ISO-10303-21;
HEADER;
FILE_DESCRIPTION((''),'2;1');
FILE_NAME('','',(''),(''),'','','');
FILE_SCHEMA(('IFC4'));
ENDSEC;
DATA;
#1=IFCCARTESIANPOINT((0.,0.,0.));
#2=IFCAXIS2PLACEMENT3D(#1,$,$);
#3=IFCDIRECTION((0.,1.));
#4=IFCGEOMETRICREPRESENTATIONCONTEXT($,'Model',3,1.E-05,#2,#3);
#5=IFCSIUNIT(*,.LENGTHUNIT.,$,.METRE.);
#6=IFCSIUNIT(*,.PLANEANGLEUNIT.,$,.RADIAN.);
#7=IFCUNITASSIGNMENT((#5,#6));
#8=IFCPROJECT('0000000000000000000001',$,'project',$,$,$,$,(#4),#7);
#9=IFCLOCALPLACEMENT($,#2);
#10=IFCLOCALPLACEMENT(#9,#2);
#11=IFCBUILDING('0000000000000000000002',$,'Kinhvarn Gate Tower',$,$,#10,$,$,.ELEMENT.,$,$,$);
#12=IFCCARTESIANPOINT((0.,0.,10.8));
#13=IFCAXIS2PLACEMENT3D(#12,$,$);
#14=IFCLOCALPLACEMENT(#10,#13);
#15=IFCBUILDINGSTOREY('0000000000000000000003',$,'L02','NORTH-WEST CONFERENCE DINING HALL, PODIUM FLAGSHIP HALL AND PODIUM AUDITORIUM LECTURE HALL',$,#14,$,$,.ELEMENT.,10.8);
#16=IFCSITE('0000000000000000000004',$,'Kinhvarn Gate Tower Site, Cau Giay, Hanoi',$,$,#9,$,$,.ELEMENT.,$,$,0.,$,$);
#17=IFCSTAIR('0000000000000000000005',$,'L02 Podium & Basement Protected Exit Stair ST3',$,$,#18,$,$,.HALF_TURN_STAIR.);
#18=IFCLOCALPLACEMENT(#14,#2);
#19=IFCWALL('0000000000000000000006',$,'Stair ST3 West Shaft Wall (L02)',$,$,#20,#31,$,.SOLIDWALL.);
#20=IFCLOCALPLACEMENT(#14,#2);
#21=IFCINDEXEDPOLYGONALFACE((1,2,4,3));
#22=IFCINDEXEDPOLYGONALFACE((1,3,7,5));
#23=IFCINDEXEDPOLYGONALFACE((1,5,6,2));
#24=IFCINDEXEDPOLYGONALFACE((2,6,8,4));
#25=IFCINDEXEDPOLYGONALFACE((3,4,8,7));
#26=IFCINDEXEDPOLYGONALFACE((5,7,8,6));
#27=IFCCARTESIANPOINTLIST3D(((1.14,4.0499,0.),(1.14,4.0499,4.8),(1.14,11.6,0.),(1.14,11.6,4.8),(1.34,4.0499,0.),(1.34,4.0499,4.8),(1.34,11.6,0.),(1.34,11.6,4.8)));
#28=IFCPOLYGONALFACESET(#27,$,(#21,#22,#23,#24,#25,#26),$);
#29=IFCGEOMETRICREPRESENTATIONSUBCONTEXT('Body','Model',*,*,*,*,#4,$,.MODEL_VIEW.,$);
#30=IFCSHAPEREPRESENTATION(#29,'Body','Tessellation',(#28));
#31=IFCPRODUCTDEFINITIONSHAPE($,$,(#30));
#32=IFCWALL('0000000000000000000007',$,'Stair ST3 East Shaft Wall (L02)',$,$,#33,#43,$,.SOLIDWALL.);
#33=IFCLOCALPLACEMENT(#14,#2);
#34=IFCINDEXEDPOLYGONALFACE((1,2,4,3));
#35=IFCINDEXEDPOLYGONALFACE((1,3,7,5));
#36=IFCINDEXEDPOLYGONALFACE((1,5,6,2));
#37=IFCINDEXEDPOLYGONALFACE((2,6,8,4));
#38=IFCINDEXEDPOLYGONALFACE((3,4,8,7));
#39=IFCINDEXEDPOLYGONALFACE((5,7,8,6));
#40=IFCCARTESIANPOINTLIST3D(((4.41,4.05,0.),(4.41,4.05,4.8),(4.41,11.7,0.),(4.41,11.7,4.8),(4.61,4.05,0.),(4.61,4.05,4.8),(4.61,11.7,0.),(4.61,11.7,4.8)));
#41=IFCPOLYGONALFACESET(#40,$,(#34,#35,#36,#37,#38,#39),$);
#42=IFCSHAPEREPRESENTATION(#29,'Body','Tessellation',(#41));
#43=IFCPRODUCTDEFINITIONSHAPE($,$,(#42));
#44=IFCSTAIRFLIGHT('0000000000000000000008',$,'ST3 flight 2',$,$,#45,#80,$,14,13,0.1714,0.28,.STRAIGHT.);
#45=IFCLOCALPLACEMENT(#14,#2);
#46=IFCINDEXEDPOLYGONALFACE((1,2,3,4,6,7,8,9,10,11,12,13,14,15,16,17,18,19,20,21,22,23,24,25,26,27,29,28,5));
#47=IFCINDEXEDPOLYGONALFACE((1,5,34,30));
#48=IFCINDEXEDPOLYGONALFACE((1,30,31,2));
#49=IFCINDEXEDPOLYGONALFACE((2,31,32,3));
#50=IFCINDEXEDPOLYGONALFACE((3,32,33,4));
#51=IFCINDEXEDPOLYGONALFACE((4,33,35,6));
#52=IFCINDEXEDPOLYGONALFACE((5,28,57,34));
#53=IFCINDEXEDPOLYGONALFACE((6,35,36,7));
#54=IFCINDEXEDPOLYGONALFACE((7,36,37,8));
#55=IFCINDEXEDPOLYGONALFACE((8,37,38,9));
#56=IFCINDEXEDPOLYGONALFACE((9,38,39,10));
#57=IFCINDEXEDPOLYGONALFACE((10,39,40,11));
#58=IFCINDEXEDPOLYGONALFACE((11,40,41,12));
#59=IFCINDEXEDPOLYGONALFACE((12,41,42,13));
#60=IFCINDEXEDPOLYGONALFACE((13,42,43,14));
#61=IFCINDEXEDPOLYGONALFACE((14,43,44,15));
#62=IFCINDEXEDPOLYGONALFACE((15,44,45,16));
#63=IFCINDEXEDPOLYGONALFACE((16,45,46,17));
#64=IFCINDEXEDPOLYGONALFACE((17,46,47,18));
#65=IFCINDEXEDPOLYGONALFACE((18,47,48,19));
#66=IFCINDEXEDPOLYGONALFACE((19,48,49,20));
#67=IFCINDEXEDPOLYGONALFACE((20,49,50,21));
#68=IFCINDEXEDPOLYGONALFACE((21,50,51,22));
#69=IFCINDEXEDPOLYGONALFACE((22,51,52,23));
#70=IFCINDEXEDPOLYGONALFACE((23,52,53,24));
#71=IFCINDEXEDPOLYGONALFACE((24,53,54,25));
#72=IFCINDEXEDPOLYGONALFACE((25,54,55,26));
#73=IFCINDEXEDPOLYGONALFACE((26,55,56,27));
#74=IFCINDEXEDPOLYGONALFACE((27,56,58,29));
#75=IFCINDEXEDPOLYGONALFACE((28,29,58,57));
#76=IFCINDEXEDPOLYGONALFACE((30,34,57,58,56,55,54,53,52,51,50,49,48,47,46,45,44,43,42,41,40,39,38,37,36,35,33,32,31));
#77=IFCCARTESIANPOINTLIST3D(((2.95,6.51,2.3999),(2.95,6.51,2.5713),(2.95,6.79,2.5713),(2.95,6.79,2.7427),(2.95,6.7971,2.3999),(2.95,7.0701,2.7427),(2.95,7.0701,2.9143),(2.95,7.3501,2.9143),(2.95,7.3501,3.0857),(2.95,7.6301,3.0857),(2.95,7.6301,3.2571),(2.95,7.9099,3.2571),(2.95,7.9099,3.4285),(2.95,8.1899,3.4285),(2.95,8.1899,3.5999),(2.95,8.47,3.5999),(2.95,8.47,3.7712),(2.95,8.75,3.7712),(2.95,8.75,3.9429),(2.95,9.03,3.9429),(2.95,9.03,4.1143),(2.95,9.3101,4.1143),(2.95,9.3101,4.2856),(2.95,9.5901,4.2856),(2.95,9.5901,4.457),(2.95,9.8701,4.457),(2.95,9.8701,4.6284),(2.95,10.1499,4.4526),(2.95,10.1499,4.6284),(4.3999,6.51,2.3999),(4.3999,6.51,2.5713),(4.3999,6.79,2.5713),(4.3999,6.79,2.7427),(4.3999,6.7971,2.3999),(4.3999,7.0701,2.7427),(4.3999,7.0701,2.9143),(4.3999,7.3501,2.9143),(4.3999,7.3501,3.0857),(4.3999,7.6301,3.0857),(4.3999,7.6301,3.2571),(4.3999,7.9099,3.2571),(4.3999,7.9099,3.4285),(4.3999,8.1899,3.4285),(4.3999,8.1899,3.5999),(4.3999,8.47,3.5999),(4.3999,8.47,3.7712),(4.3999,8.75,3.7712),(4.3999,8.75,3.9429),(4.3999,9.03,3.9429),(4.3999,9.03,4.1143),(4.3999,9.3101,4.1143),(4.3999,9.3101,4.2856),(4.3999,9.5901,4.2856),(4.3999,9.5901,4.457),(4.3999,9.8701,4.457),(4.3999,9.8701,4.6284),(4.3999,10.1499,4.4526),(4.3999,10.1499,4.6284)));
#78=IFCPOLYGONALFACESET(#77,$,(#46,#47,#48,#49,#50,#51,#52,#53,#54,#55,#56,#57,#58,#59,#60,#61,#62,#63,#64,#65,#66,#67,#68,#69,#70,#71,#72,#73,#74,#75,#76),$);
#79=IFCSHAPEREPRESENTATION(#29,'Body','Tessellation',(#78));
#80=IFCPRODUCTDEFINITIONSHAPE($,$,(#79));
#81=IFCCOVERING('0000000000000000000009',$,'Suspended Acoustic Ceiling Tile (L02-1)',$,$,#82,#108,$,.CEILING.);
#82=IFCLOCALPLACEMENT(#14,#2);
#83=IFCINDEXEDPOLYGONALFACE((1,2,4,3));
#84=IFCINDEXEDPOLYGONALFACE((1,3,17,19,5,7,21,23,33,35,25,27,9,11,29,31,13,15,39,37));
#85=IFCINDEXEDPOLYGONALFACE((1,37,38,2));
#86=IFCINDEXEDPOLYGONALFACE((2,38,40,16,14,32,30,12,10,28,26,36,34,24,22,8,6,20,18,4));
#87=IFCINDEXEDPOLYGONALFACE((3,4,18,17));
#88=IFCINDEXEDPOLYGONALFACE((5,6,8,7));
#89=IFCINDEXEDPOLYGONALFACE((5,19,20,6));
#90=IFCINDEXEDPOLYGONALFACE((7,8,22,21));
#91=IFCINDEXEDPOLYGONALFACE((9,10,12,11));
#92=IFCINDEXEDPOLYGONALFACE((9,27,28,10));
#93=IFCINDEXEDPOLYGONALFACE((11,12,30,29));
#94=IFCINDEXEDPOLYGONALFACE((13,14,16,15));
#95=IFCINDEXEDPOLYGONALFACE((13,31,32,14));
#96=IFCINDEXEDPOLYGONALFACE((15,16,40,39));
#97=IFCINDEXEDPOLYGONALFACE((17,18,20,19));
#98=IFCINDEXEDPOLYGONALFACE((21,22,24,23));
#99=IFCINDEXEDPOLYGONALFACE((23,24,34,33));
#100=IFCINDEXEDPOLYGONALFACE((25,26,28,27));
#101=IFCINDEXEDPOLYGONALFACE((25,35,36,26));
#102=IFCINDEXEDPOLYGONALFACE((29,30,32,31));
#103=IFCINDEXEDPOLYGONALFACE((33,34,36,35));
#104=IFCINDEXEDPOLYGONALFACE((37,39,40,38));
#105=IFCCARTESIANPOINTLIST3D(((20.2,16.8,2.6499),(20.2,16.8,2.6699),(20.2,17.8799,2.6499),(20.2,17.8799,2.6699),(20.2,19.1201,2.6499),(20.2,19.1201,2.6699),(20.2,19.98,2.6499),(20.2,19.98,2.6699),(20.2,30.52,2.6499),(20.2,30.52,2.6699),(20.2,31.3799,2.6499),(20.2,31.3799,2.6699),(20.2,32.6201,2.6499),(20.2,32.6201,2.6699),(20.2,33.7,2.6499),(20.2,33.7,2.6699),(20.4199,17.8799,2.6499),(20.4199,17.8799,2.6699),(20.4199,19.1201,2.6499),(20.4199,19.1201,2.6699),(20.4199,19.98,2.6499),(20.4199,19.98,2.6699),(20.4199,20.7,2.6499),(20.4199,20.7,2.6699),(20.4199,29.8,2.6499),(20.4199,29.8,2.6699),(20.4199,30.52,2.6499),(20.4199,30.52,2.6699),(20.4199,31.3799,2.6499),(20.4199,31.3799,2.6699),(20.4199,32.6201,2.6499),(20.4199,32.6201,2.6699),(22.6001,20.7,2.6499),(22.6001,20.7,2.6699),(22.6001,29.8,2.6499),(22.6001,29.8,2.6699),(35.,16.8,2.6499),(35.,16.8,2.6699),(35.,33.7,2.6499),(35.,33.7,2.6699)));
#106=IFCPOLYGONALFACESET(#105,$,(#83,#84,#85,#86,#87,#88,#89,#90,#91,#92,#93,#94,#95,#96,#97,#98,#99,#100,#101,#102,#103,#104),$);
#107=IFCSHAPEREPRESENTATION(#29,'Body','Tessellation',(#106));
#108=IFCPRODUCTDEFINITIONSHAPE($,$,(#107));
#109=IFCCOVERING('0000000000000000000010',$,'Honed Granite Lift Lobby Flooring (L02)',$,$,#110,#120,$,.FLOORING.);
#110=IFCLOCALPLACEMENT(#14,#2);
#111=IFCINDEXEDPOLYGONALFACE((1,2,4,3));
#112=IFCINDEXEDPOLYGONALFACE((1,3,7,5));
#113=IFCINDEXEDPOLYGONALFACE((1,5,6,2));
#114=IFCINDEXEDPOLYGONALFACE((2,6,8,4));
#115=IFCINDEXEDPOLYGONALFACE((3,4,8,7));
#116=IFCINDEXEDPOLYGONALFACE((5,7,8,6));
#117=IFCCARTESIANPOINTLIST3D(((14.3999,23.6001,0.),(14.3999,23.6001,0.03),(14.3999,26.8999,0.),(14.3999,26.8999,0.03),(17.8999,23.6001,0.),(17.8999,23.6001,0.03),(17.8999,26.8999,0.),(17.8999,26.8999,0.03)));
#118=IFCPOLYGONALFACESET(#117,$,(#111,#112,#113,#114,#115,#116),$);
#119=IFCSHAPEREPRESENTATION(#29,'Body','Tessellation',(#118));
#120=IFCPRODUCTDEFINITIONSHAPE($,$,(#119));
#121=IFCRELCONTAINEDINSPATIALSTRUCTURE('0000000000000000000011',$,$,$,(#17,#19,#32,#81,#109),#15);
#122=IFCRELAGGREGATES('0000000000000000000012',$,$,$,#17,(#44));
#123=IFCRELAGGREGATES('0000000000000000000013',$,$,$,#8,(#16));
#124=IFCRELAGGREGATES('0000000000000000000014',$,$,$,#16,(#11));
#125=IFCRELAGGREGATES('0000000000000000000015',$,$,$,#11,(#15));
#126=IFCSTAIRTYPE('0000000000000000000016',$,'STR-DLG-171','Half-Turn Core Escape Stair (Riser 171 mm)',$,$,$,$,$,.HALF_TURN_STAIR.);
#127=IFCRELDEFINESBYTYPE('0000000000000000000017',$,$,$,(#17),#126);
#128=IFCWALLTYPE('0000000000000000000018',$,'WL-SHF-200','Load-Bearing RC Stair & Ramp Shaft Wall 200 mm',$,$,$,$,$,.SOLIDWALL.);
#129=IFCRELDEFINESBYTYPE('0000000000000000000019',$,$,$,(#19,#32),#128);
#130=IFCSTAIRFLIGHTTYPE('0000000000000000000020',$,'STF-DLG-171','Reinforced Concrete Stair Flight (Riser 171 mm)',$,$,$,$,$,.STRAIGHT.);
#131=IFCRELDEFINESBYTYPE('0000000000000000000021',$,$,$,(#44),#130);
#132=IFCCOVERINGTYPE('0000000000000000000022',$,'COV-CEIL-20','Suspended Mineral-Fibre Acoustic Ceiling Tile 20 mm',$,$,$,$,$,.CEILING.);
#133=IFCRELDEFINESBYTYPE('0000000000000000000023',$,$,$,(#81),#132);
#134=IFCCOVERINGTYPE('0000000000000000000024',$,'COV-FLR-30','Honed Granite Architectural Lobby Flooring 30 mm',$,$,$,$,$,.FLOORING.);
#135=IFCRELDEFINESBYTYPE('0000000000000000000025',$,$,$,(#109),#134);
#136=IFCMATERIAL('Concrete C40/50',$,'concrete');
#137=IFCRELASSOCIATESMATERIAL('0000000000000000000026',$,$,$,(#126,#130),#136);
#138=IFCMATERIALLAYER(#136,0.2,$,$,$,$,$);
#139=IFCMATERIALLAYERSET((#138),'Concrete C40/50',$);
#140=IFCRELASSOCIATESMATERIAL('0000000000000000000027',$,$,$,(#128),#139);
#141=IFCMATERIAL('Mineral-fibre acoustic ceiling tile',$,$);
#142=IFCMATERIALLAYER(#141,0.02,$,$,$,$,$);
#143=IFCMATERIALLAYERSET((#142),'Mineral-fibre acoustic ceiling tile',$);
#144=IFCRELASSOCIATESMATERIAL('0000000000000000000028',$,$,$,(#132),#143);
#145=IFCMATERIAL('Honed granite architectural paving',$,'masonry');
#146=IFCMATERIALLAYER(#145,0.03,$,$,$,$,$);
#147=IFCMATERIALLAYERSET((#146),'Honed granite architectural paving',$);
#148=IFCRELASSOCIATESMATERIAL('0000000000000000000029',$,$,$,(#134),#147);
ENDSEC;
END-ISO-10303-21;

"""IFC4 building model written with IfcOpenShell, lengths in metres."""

from ifc_helpers import new_model, si_unit, direction, frame, frame_2d, origin, place, context, subcontext, project, spatial, polyline, rectangle, outline, extrude, material, layer, layer_set, type_object, element, aggregate, save


model = new_model("IFC4")

# Units and contexts
model_context = context("Model", 3, precision=1e-05, world=origin(), true_north=direction((0.0, 1.0)))
body_context = subcontext(model_context, "Body", "Model", "MODEL_VIEW")
ifc_project = project(units=[si_unit("LENGTHUNIT", "METRE"), si_unit("PLANEANGLEUNIT", "RADIAN")], contexts=[model_context])

# Site, building, storey
site_placement = place(None, origin())
site = spatial("IfcSite", under=ifc_project, at=site_placement, Name="Kinhvarn Gate Tower Site, Cau Giay, Hanoi", CompositionType="ELEMENT", RefElevation=0.0)
building_placement = place(site_placement, origin())
building = spatial("IfcBuilding", under=site, at=building_placement, Name="Kinhvarn Gate Tower", CompositionType="ELEMENT")
storey_placement = place(building_placement, frame((0.0, 0.0, 10.8)))
storey = spatial("IfcBuildingStorey", under=building, at=storey_placement, Name="L02", Description="NORTH-WEST CONFERENCE DINING HALL, PODIUM FLAGSHIP HALL AND PODIUM AUDITORIUM LECTURE HALL", CompositionType="ELEMENT", Elevation=10.8)

# Shared definitions
ifc_material_1 = material(Name="Concrete C40/50", Category="concrete")

# Stair
stair_type = type_object("IfcStairType", Name="STR-DLG-171", Description="Half-Turn Core Escape Stair (Riser 171 mm)", PredefinedType="HALF_TURN_STAIR", material=ifc_material_1)
stair_1_placement = place(storey_placement, origin())
stair_1 = element("IfcStair", 1, at=stair_1_placement, inside=storey, type_object=stair_type, Name="L02 Podium & Basement Protected Exit Stair ST3", PredefinedType="HALF_TURN_STAIR")

# Walls
ifc_layer_1 = layer(ifc_material_1, 0.2)
ifc_layer_set_1 = layer_set([ifc_layer_1], Name="Concrete C40/50")
wall_type = type_object("IfcWallType", Name="WL-SHF-200", Description="Load-Bearing RC Stair & Ramp Shaft Wall 200 mm", PredefinedType="SOLIDWALL", material=ifc_layer_set_1)
wall_1_placement = place(storey_placement, frame((1.24, 4.05, 0.0), z_axis=(0.0, 0.0, 1.0), x_axis=(0.0, 1.0, 0.0)))
element("IfcWall", 2, at=wall_1_placement, inside=storey, type_object=wall_type, Name="Stair ST3 West Shaft Wall (L02)", PredefinedType="SOLIDWALL", context=body_context, shape_type="SweptSolid", body=[
    extrude(rectangle(XDim=7.55, YDim=0.2, at=frame_2d((3.7749, 0.0))), origin(), (0.0, 0.0, 1.0), 4.8),
])
wall_2_placement = place(storey_placement, frame((4.51, 4.05, 0.0), z_axis=(0.0, 0.0, 1.0), x_axis=(0.0, 1.0, 0.0)))
element("IfcWall", 3, at=wall_2_placement, inside=storey, type_object=wall_type, Name="Stair ST3 East Shaft Wall (L02)", PredefinedType="SOLIDWALL", context=body_context, shape_type="SweptSolid", body=[
    extrude(rectangle(XDim=7.6499, YDim=0.2, at=frame_2d((3.825, 0.0))), origin(), (0.0, 0.0, 1.0), 4.8),
])

# Stair flight
stair_flight_type = type_object("IfcStairFlightType", Name="STF-DLG-171", Description="Reinforced Concrete Stair Flight (Riser 171 mm)", PredefinedType="STRAIGHT", material=ifc_material_1)
stair_flight_placement = place(storey_placement, frame((3.675, 6.51, 2.3999), z_axis=(0.0, 0.0, 1.0), x_axis=(0.0, 1.0, 0.0)))
stair_flight = element("IfcStairFlight", 4, at=stair_flight_placement, type_object=stair_flight_type, Name="ST3 flight 2", NumberOfRisers=14, NumberOfTreads=13, PredefinedType="STRAIGHT", RiserHeight=0.1714, TreadLength=0.28, context=body_context, shape_type="SweptSolid", body=[
    extrude(outline(polyline([(0.0, 0.0), (0.0, 0.1714), (0.28, 0.1714), (0.28, 0.3428), (0.5601, 0.3428), (0.5601, 0.5144), (0.8401, 0.5144), (0.8401, 0.6858), (1.1201, 0.6858), (1.1201, 0.8572), (1.3999, 0.8572), (1.3999, 1.0286), (1.6799, 1.0286), (1.6799, 1.2), (1.96, 1.2), (1.96, 1.3713), (2.24, 1.3713), (2.24, 1.543), (2.52, 1.543), (2.52, 1.7144), (2.8, 1.7144), (2.8, 1.8857), (3.0801, 1.8857), (3.0801, 2.0571), (3.3601, 2.0571), (3.3601, 2.2285), (3.6399, 2.2285), (3.6399, 2.3999), (3.6399, 2.0527), (0.2871, 0.0), (0.0, 0.0)])), frame((0.0, 0.7251, 0.0), z_axis=(0.0, -1.0, 0.0), x_axis=(1.0, 0.0, 0.0)), (0.0, 0.0, 1.0), 1.45),
])
aggregate(stair_1, [stair_flight])

# Coverings
ifc_material_2 = material(Name="Mineral-fibre acoustic ceiling tile")
ifc_layer_2 = layer(ifc_material_2, 0.02)
ifc_layer_set_2 = layer_set([ifc_layer_2], Name="Mineral-fibre acoustic ceiling tile")
covering_type_1 = type_object("IfcCoveringType", Name="COV-CEIL-20", Description="Suspended Mineral-Fibre Acoustic Ceiling Tile 20 mm", PredefinedType="CEILING", material=ifc_layer_set_2)
covering_1_placement = place(storey_placement, frame((0.0, 0.0, 2.6499)))
element("IfcCovering", 5, at=covering_1_placement, inside=storey, type_object=covering_type_1, Name="Suspended Acoustic Ceiling Tile (L02-1)", PredefinedType="CEILING", context=body_context, shape_type="SweptSolid", body=[
    extrude(outline(polyline([(35.0, 33.7), (35.0, 16.8), (20.2, 16.8), (20.2, 17.8799), (20.4199, 17.8799), (20.4199, 19.1201), (20.2, 19.1201), (20.2, 19.98), (20.4199, 19.98), (20.4199, 20.7), (22.6001, 20.7), (22.6001, 29.8), (20.4199, 29.8), (20.4199, 30.52), (20.2, 30.52), (20.2, 31.3799), (20.4199, 31.3799), (20.4199, 32.6201), (20.2, 32.6201), (20.2, 33.7), (35.0, 33.7)])), origin(), (0.0, 0.0, 1.0), 0.02),
])
ifc_material_3 = material(Name="Honed granite architectural paving", Category="masonry")
ifc_layer_3 = layer(ifc_material_3, 0.03)
ifc_layer_set_3 = layer_set([ifc_layer_3], Name="Honed granite architectural paving")
covering_type_2 = type_object("IfcCoveringType", Name="COV-FLR-30", Description="Honed Granite Architectural Lobby Flooring 30 mm", PredefinedType="FLOORING", material=ifc_layer_set_3)
covering_2_placement = place(storey_placement, origin())
element("IfcCovering", 6, at=covering_2_placement, inside=storey, type_object=covering_type_2, Name="Honed Granite Lift Lobby Flooring (L02)", PredefinedType="FLOORING", context=body_context, shape_type="SweptSolid", body=[
    extrude(outline(polyline([(14.3999, 23.6001), (14.3999, 26.8999), (17.8999, 26.8999), (17.8999, 23.6001), (14.3999, 23.6001)])), origin(), (0.0, 0.0, 1.0), 0.03),
])

save(model, "model.ifc")
